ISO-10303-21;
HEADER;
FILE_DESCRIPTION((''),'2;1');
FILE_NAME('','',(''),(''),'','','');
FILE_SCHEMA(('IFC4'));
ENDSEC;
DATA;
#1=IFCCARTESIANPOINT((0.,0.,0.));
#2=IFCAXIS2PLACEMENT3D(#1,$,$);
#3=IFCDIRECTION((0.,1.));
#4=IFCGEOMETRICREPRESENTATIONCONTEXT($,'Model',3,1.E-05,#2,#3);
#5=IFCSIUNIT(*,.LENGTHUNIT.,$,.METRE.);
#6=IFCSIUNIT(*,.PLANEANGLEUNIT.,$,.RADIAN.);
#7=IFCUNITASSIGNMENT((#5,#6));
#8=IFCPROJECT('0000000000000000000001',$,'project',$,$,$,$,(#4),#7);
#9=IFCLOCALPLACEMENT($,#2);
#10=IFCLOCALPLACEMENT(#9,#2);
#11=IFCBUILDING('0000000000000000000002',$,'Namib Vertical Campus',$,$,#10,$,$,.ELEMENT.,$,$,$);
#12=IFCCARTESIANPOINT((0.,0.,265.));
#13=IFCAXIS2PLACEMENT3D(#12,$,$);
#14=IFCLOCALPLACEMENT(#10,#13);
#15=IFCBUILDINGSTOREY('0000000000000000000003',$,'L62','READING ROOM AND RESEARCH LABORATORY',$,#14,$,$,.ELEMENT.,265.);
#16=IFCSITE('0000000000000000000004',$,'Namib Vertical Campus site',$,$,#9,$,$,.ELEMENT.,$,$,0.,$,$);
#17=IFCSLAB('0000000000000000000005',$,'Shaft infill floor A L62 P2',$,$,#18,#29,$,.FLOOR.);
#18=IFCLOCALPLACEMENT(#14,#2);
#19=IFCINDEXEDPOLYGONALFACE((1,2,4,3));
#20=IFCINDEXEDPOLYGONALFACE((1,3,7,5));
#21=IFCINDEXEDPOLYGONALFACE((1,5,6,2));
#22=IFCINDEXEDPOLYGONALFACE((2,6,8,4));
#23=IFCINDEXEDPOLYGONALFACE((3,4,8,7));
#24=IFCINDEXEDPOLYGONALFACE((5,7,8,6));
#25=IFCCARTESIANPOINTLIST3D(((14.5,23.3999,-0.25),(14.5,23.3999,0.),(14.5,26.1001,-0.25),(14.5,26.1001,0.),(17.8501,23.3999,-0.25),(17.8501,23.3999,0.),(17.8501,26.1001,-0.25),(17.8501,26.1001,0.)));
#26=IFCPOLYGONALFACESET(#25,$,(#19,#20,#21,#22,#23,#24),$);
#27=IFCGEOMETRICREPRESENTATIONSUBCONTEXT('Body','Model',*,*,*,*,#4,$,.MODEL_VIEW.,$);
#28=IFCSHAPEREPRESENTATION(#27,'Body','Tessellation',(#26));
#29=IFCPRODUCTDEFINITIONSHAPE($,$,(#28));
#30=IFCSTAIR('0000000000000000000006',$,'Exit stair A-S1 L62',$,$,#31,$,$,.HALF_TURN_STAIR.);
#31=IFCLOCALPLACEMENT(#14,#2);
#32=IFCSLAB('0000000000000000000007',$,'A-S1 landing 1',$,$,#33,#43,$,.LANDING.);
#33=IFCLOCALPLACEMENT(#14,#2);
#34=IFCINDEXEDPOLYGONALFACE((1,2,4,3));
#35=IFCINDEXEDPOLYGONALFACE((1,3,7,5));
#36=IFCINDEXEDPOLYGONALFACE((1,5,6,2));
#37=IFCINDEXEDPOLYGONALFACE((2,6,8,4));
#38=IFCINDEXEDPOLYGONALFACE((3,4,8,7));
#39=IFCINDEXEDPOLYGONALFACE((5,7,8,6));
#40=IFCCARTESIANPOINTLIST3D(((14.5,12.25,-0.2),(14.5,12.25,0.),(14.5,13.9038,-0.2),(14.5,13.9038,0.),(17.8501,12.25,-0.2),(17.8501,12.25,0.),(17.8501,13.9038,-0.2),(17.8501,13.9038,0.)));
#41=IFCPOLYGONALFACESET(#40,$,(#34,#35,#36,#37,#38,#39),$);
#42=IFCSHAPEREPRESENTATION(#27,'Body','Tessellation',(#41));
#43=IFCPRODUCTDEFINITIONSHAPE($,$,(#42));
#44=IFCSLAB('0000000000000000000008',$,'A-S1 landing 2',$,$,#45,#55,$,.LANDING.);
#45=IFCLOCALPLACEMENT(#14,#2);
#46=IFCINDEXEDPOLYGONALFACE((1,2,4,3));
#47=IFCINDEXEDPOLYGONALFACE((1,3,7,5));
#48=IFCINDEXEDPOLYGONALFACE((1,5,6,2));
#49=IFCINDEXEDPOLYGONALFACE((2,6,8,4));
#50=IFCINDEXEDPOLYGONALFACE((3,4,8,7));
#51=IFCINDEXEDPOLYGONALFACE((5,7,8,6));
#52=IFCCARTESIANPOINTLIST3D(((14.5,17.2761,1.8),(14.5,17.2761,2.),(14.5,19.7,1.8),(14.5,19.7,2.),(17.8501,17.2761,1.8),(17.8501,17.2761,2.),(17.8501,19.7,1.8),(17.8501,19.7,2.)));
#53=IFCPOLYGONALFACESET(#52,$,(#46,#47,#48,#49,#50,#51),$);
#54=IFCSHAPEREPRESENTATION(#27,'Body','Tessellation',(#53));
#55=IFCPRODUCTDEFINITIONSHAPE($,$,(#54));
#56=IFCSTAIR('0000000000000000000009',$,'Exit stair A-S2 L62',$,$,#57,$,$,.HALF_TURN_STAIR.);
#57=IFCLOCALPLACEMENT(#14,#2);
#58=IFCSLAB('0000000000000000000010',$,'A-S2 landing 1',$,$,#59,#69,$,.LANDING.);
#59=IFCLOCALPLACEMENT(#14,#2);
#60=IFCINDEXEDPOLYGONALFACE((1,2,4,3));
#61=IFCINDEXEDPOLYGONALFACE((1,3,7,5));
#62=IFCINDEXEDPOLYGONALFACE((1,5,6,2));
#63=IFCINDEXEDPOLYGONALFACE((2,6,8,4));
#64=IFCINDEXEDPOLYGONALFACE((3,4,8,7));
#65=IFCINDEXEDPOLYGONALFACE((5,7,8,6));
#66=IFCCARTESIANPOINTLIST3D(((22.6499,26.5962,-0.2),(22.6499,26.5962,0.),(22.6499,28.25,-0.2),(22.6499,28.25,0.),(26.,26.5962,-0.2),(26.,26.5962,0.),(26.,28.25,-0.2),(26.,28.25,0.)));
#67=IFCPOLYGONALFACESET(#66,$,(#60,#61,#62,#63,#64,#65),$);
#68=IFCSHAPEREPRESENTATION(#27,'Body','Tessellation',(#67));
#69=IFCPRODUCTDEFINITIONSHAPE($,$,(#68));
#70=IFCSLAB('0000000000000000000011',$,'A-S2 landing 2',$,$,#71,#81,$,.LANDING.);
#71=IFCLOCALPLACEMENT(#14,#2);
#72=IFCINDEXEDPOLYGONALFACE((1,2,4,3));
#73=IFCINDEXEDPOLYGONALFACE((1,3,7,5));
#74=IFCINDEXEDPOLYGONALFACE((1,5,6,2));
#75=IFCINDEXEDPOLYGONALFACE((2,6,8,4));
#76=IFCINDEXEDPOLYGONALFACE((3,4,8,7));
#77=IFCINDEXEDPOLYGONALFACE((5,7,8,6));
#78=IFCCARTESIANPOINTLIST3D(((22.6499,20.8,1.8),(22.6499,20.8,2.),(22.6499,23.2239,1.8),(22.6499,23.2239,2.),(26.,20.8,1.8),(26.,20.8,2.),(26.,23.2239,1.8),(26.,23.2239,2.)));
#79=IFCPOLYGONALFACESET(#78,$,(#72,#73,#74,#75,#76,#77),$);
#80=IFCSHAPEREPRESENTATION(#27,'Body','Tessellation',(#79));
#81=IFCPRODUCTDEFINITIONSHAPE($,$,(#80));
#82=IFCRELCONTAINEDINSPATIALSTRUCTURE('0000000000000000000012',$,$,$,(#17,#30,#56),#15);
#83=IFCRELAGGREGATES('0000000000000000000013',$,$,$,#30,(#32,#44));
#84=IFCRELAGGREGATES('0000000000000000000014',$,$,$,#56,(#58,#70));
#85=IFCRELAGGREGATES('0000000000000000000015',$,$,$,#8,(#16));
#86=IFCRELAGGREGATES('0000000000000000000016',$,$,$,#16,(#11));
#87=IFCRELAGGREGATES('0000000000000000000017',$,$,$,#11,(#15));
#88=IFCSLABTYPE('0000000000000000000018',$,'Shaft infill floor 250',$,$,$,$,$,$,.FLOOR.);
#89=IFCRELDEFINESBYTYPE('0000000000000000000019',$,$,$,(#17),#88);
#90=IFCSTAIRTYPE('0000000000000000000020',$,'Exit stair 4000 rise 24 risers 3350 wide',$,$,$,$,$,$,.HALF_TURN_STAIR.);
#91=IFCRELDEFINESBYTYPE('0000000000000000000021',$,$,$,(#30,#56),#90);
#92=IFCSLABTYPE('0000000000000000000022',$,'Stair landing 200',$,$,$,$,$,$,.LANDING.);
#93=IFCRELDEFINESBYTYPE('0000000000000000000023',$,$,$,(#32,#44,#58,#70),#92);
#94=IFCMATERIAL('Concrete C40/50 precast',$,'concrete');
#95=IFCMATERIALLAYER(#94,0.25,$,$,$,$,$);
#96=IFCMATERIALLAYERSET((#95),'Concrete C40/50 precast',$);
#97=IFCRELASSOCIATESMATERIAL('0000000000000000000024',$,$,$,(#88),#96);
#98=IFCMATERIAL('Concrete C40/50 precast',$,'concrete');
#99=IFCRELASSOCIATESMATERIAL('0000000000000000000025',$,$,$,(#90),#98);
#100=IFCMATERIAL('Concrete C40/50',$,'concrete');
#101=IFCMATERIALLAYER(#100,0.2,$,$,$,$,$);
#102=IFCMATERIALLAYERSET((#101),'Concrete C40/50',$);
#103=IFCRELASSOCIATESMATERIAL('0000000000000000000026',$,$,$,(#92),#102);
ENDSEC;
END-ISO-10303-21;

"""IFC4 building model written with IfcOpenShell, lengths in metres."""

from ifc_helpers import new_model, si_unit, direction, frame, origin, place, context, subcontext, project, spatial, polyline, outline, extrude, material, layer, layer_set, type_object, element, aggregate, save


model = new_model("IFC4")

# Units and contexts
model_context = context("Model", 3, precision=1e-05, world=origin(), true_north=direction((0.0, 1.0)))
body_context = subcontext(model_context, "Body", "Model", "MODEL_VIEW")
ifc_project = project(units=[si_unit("LENGTHUNIT", "METRE"), si_unit("PLANEANGLEUNIT", "RADIAN")], contexts=[model_context])

# Site, building, storey
site_placement = place(None, origin())
site = spatial("IfcSite", under=ifc_project, at=site_placement, Name="Namib Vertical Campus site", CompositionType="ELEMENT", RefElevation=0.0)
building_placement = place(site_placement, origin())
building = spatial("IfcBuilding", under=site, at=building_placement, Name="Namib Vertical Campus", CompositionType="ELEMENT")
storey_placement = place(building_placement, frame((0.0, 0.0, 265.0)))
storey = spatial("IfcBuildingStorey", under=building, at=storey_placement, Name="L62", Description="READING ROOM AND RESEARCH LABORATORY", CompositionType="ELEMENT", Elevation=265.0)

# Slab
ifc_material_1 = material(Name="Concrete C40/50 precast", Category="concrete")
ifc_layer_1 = layer(ifc_material_1, 0.25)
ifc_layer_set_1 = layer_set([ifc_layer_1], Name="Concrete C40/50 precast")
slab_type_1 = type_object("IfcSlabType", Name="Shaft infill floor 250", PredefinedType="FLOOR", material=ifc_layer_set_1)
slab_1_placement = place(storey_placement, frame((0.0, 0.0, -0.25)))
element("IfcSlab", 1, at=slab_1_placement, inside=storey, type_object=slab_type_1, Name="Shaft infill floor A L62 P2", PredefinedType="FLOOR", context=body_context, shape_type="SweptSolid", body=[
    extrude(outline(polyline([(14.5, 23.3999), (17.8501, 23.3999), (17.8501, 26.1001), (14.5, 26.1001), (14.5, 23.3999)])), origin(), (0.0, 0.0, 1.0), 0.25),
])

# Stairs, slabs
ifc_material_2 = material(Name="Concrete C40/50 precast", Category="concrete")
stair_type = type_object("IfcStairType", Name="Exit stair 4000 rise 24 risers 3350 wide", PredefinedType="HALF_TURN_STAIR", material=ifc_material_2)
stair_1_placement = place(storey_placement, origin())
stair_1 = element("IfcStair", 2, at=stair_1_placement, inside=storey, type_object=stair_type, Name="Exit stair A-S1 L62", PredefinedType="HALF_TURN_STAIR")
ifc_material_3 = material(Name="Concrete C40/50", Category="concrete")
ifc_layer_2 = layer(ifc_material_3, 0.2)
ifc_layer_set_2 = layer_set([ifc_layer_2], Name="Concrete C40/50")
slab_type_2 = type_object("IfcSlabType", Name="Stair landing 200", PredefinedType="LANDING", material=ifc_layer_set_2)
slab_2_placement = place(storey_placement, frame((0.0, 0.0, -0.2)))
slab_2 = element("IfcSlab", 3, at=slab_2_placement, type_object=slab_type_2, Name="A-S1 landing 1", PredefinedType="LANDING", context=body_context, shape_type="SweptSolid", body=[
    extrude(outline(polyline([(14.5, 12.25), (17.8501, 12.25), (17.8501, 13.9038), (14.5, 13.9038), (14.5, 12.25)])), origin(), (0.0, 0.0, 1.0), 0.2),
])
slab_3_placement = place(storey_placement, frame((0.0, 0.0, 1.8)))
slab_3 = element("IfcSlab", 4, at=slab_3_placement, type_object=slab_type_2, Name="A-S1 landing 2", PredefinedType="LANDING", context=body_context, shape_type="SweptSolid", body=[
    extrude(outline(polyline([(14.5, 17.2761), (17.8501, 17.2761), (17.8501, 19.7), (14.5, 19.7), (14.5, 17.2761)])), origin(), (0.0, 0.0, 1.0), 0.2),
])
aggregate(stair_1, [slab_2, slab_3])
stair_2_placement = place(storey_placement, origin())
stair_2 = element("IfcStair", 5, at=stair_2_placement, inside=storey, type_object=stair_type, Name="Exit stair A-S2 L62", PredefinedType="HALF_TURN_STAIR")
slab_4_placement = place(storey_placement, frame((0.0, 0.0, -0.2)))
slab_4 = element("IfcSlab", 6, at=slab_4_placement, type_object=slab_type_2, Name="A-S2 landing 1", PredefinedType="LANDING", context=body_context, shape_type="SweptSolid", body=[
    extrude(outline(polyline([(22.6499, 26.5962), (26.0, 26.5962), (26.0, 28.25), (22.6499, 28.25), (22.6499, 26.5962)])), origin(), (0.0, 0.0, 1.0), 0.2),
])
slab_5_placement = place(storey_placement, frame((0.0, 0.0, 1.8)))
slab_5 = element("IfcSlab", 7, at=slab_5_placement, type_object=slab_type_2, Name="A-S2 landing 2", PredefinedType="LANDING", context=body_context, shape_type="SweptSolid", body=[
    extrude(outline(polyline([(22.6499, 20.8), (26.0, 20.8), (26.0, 23.2239), (22.6499, 23.2239), (22.6499, 20.8)])), origin(), (0.0, 0.0, 1.0), 0.2),
])
aggregate(stair_2, [slab_4, slab_5])

save(model, "model.ifc")
